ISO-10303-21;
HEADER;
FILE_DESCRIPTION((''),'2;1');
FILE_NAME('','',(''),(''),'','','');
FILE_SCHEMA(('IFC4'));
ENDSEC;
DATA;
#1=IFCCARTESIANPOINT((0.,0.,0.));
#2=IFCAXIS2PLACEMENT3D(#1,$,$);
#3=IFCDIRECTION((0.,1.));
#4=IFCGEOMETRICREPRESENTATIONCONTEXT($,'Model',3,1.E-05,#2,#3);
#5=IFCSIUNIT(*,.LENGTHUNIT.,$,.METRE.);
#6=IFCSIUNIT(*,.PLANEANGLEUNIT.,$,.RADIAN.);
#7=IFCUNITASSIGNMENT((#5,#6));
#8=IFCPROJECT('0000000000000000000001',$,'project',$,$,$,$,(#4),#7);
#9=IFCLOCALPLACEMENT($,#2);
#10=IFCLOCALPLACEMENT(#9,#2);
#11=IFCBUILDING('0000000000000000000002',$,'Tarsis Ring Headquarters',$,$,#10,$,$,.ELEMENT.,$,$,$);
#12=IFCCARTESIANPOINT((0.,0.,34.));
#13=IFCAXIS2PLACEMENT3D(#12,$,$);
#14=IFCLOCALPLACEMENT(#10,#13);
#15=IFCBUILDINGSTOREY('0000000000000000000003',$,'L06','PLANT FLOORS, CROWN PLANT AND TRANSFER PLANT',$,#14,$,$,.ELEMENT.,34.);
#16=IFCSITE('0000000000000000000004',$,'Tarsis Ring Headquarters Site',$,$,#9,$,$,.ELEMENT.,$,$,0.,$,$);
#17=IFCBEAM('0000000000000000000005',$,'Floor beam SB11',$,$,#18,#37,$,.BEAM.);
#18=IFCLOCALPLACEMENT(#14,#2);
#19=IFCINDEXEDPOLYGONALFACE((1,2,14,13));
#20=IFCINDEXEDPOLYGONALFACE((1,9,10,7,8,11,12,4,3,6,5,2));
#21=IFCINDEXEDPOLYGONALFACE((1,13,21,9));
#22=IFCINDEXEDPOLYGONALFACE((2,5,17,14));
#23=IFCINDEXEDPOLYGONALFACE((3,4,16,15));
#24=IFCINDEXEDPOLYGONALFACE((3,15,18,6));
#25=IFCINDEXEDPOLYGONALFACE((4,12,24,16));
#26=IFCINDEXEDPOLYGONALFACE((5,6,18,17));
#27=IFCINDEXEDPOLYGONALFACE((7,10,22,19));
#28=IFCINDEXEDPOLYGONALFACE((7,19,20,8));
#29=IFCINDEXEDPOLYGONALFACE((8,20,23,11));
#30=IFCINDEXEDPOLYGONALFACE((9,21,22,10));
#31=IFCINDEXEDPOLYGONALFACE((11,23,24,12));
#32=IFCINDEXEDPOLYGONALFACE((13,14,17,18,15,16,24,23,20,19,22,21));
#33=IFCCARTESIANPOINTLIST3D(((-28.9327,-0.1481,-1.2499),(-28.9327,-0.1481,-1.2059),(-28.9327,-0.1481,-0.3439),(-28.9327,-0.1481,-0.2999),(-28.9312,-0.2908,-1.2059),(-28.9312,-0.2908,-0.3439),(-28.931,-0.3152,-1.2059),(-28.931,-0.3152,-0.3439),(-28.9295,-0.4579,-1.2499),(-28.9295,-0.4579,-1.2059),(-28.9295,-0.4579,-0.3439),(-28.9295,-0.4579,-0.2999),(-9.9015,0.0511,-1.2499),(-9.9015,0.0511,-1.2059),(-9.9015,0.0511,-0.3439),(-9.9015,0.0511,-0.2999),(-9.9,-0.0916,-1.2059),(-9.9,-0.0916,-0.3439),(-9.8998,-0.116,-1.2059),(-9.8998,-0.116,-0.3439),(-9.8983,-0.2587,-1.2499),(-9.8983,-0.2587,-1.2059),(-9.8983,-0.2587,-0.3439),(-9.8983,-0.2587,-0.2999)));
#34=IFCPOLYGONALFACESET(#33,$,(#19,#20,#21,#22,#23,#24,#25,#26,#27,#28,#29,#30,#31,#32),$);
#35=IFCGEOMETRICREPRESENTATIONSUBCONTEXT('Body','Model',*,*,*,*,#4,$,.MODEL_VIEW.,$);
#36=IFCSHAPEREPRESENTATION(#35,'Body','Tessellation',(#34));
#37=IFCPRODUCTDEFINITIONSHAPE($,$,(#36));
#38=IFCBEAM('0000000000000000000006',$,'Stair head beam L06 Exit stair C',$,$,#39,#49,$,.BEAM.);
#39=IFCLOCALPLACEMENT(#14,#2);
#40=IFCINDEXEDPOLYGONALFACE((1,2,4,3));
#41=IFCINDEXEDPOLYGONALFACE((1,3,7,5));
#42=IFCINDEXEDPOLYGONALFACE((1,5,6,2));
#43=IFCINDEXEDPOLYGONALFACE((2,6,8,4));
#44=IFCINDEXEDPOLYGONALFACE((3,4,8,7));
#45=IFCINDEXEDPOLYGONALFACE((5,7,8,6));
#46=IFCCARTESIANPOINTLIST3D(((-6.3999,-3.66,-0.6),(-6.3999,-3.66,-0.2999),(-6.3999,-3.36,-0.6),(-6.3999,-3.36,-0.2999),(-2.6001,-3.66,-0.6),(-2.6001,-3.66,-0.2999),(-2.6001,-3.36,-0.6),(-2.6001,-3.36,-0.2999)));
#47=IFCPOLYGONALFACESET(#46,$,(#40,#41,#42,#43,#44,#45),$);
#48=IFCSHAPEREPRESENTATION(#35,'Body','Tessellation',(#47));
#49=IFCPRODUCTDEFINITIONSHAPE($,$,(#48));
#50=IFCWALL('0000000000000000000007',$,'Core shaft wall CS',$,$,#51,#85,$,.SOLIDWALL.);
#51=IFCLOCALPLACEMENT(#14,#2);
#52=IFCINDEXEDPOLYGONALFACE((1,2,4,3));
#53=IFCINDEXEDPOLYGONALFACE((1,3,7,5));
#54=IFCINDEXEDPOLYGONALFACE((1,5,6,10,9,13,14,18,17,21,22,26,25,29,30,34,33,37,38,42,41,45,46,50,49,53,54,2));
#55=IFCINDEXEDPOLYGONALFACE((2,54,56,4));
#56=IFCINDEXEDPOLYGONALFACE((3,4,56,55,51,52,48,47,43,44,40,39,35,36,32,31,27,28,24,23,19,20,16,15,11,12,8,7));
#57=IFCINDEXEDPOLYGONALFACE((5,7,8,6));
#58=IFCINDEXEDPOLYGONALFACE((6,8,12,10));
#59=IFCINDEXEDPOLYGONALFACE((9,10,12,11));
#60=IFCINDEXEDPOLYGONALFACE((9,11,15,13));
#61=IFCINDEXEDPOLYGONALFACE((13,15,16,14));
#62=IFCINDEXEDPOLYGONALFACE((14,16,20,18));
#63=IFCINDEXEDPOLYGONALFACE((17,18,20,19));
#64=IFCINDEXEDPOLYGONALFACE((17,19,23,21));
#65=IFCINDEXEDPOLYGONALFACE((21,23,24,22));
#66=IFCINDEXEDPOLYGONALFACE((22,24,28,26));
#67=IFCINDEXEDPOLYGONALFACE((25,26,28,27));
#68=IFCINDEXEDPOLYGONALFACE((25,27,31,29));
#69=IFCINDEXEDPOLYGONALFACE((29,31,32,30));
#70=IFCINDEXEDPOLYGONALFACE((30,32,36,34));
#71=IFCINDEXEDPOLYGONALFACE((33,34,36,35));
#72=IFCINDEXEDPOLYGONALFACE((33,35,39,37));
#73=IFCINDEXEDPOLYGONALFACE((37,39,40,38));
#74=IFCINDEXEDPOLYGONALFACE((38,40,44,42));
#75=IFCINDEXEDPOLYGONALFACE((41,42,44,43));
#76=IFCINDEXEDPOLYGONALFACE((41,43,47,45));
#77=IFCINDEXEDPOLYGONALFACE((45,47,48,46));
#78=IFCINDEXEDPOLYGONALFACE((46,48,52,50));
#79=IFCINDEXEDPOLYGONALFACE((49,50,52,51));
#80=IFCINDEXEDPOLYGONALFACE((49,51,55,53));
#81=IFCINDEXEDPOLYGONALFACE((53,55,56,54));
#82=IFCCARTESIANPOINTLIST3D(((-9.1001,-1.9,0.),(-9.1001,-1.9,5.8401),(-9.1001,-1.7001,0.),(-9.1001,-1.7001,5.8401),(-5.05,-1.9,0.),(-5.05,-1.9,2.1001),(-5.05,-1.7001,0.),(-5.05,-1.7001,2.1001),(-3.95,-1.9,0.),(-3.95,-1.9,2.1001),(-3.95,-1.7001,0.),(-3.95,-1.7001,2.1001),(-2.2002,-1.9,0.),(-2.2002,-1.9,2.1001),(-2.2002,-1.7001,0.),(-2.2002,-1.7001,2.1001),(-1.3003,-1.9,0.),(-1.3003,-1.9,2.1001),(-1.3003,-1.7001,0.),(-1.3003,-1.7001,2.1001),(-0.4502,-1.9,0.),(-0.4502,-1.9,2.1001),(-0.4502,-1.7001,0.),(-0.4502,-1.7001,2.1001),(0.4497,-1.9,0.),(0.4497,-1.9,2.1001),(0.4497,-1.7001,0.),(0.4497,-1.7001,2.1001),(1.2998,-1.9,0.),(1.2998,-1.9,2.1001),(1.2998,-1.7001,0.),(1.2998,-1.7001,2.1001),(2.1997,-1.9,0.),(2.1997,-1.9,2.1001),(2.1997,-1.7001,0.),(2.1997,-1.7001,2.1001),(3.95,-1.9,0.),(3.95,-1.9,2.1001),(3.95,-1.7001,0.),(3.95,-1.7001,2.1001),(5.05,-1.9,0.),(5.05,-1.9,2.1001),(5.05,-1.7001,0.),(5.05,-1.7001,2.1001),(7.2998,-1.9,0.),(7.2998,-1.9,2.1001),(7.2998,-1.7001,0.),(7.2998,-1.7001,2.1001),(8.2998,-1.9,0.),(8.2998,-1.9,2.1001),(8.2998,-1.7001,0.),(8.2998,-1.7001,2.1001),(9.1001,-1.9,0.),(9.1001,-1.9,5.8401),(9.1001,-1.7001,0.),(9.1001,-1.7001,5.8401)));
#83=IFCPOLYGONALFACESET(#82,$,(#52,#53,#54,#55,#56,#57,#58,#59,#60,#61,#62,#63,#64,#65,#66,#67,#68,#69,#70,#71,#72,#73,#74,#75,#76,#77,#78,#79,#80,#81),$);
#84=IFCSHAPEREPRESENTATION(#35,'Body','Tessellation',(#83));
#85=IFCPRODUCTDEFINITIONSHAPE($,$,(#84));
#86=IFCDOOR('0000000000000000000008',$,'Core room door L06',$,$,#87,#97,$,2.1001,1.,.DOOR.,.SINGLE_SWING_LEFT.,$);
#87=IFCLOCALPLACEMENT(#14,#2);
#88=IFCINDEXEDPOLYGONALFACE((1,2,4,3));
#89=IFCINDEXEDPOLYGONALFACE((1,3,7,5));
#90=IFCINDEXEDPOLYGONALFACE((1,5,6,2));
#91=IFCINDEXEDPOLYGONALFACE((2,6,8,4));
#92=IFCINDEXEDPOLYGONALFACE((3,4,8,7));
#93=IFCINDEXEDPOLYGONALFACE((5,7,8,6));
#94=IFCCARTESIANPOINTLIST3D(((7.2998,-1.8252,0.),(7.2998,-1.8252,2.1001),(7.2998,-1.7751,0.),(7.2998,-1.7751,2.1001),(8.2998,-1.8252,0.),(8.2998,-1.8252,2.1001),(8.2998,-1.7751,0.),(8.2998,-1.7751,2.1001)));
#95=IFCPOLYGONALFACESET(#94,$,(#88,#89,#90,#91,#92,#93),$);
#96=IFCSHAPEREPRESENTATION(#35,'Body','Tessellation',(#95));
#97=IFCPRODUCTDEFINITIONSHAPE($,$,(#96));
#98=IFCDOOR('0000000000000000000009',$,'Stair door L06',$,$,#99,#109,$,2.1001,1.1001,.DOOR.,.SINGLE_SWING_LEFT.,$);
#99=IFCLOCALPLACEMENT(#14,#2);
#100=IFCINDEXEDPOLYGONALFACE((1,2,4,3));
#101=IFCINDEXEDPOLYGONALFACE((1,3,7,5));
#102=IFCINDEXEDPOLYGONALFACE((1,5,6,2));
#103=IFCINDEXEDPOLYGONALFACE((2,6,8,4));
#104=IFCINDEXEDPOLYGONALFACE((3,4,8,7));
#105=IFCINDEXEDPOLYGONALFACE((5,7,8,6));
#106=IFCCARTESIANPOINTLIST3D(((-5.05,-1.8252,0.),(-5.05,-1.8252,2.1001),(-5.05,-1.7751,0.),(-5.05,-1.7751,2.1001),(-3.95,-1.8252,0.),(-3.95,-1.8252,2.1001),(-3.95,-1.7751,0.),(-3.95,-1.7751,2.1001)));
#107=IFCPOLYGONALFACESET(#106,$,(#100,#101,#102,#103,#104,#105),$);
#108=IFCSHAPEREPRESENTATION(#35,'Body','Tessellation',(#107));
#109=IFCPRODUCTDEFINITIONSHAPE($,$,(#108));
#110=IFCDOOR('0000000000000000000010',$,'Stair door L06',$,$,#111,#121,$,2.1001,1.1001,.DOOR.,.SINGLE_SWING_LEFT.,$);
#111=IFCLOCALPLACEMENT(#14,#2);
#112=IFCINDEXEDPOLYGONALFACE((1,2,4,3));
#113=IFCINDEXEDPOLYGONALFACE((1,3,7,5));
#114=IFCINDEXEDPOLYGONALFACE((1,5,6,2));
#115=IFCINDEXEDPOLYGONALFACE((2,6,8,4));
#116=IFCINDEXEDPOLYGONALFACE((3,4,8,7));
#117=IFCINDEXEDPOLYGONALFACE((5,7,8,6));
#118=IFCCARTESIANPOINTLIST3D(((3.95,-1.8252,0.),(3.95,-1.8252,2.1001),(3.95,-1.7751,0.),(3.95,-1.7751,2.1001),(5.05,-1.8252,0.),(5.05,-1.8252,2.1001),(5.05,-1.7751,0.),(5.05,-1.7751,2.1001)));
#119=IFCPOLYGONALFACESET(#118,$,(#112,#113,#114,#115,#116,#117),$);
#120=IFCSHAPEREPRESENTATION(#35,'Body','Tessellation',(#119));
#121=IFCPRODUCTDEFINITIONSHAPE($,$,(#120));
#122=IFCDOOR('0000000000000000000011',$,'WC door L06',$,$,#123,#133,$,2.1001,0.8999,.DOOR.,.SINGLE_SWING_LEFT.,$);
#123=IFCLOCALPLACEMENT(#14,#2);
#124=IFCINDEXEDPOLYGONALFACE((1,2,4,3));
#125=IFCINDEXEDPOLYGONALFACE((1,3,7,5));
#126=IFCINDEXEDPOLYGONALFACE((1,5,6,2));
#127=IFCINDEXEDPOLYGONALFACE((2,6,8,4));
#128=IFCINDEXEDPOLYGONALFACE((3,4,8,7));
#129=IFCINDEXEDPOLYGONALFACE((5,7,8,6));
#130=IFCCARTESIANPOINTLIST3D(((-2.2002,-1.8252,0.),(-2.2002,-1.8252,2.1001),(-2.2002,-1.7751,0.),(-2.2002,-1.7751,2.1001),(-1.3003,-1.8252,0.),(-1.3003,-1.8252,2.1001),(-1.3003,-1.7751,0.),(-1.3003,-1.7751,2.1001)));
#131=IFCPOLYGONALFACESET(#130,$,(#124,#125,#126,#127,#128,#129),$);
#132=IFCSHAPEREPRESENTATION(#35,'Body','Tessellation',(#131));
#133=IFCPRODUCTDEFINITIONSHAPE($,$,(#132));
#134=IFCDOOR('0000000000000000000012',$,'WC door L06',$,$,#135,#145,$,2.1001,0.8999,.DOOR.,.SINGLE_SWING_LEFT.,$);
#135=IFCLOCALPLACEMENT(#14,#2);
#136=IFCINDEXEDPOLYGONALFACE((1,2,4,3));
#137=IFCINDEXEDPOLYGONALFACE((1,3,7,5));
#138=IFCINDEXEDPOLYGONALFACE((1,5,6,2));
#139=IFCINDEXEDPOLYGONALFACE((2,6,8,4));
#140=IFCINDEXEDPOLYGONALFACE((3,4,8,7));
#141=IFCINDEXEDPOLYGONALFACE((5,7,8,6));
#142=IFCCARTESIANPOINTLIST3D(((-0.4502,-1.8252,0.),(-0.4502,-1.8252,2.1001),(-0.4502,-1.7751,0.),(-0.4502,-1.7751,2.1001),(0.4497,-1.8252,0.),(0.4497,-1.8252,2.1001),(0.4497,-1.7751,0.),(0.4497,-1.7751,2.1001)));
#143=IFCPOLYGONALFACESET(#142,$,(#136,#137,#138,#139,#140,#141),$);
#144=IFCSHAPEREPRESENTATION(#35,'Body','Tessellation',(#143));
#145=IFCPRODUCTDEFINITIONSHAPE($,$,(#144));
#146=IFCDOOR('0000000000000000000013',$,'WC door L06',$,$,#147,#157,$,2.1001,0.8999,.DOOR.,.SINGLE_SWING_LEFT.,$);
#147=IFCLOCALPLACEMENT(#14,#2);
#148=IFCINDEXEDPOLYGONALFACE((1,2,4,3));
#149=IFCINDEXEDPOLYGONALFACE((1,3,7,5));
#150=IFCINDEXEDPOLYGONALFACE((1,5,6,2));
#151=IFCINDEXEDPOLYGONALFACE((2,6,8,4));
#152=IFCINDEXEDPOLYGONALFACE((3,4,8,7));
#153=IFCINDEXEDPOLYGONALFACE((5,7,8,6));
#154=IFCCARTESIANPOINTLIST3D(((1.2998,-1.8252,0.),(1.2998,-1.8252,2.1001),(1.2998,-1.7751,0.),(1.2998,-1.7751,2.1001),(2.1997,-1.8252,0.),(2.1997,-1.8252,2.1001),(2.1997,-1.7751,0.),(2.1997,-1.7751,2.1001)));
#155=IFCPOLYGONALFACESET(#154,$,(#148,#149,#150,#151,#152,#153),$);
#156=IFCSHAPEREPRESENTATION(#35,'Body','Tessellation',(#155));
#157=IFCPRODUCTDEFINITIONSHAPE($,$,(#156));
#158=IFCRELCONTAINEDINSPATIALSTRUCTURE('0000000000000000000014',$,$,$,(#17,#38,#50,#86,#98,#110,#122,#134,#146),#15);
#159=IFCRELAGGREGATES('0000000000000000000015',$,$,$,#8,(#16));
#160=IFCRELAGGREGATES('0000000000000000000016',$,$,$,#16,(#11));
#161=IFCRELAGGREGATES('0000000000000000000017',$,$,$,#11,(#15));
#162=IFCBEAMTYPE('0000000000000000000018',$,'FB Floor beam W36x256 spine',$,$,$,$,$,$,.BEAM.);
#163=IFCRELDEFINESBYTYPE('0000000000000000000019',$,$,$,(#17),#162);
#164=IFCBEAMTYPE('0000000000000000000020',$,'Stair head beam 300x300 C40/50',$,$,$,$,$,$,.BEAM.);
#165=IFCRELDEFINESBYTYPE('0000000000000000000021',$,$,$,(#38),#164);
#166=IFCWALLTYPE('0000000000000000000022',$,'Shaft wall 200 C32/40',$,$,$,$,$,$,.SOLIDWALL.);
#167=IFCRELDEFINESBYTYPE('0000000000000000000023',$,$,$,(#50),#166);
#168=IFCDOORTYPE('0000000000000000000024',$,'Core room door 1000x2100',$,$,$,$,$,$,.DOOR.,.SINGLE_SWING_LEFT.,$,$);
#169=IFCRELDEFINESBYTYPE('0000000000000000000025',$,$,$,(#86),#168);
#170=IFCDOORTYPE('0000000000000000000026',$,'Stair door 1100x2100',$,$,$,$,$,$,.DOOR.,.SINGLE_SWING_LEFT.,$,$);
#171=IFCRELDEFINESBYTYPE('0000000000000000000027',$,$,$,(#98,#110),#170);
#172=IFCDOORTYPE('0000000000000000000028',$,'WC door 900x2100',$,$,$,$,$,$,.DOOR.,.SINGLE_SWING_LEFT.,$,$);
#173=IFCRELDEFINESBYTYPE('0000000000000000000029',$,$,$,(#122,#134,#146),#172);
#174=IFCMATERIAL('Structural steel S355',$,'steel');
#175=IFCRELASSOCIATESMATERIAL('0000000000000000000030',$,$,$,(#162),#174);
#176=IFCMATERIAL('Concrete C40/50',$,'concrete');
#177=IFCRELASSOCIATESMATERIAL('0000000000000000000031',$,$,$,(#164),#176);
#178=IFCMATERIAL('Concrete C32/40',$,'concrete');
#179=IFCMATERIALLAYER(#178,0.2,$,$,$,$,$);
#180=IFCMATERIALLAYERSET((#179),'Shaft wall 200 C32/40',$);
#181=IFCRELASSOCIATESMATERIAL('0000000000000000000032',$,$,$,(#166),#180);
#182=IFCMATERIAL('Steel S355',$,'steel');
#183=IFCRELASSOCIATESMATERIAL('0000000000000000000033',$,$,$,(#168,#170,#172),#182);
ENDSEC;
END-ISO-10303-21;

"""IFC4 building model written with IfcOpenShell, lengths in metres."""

from ifc_helpers import new_model, si_unit, direction, frame, frame_2d, origin, origin_2d, place, context, subcontext, project, spatial, rectangle, i_section, extrude, material, layer, layer_set, material_profile, profile_set, type_object, element, fill, save


model = new_model("IFC4")

# Units and contexts
model_context = context("Model", 3, precision=1e-05, world=origin(), true_north=direction((0.0, 1.0)))
body_context = subcontext(model_context, "Body", "Model", "MODEL_VIEW")
ifc_project = project(units=[si_unit("LENGTHUNIT", "METRE"), si_unit("PLANEANGLEUNIT", "RADIAN")], contexts=[model_context])

# Site, building, storey
site_placement = place(None, origin())
site = spatial("IfcSite", under=ifc_project, at=site_placement, Name="Tarsis Ring Headquarters Site", CompositionType="ELEMENT", RefElevation=0.0)
building_placement = place(site_placement, origin())
building = spatial("IfcBuilding", under=site, at=building_placement, Name="Tarsis Ring Headquarters", CompositionType="ELEMENT")
storey_placement = place(building_placement, frame((0.0, 0.0, 34.0)))
storey = spatial("IfcBuildingStorey", under=building, at=storey_placement, Name="L06", Description="PLANT FLOORS, CROWN PLANT AND TRANSFER PLANT", CompositionType="ELEMENT", Elevation=34.0)

# Beams
ifc_material_1 = material(Name="Structural steel S355", Category="steel")
ifc_material_profile_1 = material_profile(ifc_material_1, i_section(OverallWidth=0.3098, OverallDepth=0.95, WebThickness=0.0244, FlangeThickness=0.0439, at=origin_2d()), Name="W36x256")
ifc_profile_set_1 = profile_set([ifc_material_profile_1], Name="Structural steel S355")
beam_type_1 = type_object("IfcBeamType", Name="FB Floor beam W36x256 spine", PredefinedType="BEAM", material=ifc_profile_set_1)
beam_1_placement = place(storey_placement, frame((-9.8999, -0.1038, -0.7749), z_axis=(-0.999945, -0.010467, 0.0), x_axis=(0.010467, -0.999945, 0.0)))
element("IfcBeam", 1, at=beam_1_placement, inside=storey, type_object=beam_type_1, Name="Floor beam SB11", PredefinedType="BEAM", context=body_context, shape_type="SweptSolid", body=[
    extrude(i_section(OverallWidth=0.3098, OverallDepth=0.95, WebThickness=0.0244, FlangeThickness=0.0439, at=origin_2d()), origin(), (0.0, 0.0, 1.0), 19.0322),
])
ifc_material_2 = material(Name="Concrete C40/50", Category="concrete")
ifc_material_profile_2 = material_profile(ifc_material_2, rectangle(XDim=0.3, YDim=0.3, at=origin_2d()), Name="Stair head beam 300x300 C40/50")
ifc_profile_set_2 = profile_set([ifc_material_profile_2], Name="Concrete C40/50")
beam_type_2 = type_object("IfcBeamType", Name="Stair head beam 300x300 C40/50", PredefinedType="BEAM", material=ifc_profile_set_2)
beam_2_placement = place(storey_placement, frame((-6.3999, -3.51, -0.45), z_axis=(1.0, 0.0, 0.0), x_axis=(0.0, 1.0, 0.0)))
element("IfcBeam", 2, at=beam_2_placement, inside=storey, type_object=beam_type_2, Name="Stair head beam L06 Exit stair C", PredefinedType="BEAM", context=body_context, shape_type="SweptSolid", body=[
    extrude(rectangle(XDim=0.3, YDim=0.3, at=origin_2d()), origin(), (0.0, 0.0, 1.0), 3.7998),
])

# Wall, openings, doors
ifc_material_3 = material(Name="Concrete C32/40", Category="concrete")
ifc_layer = layer(ifc_material_3, 0.2)
ifc_layer_set = layer_set([ifc_layer], Name="Shaft wall 200 C32/40")
wall_type = type_object("IfcWallType", Name="Shaft wall 200 C32/40", PredefinedType="SOLIDWALL", material=ifc_layer_set)
wall_1_placement = place(storey_placement, frame((-9.1001, -1.8, 0.0), z_axis=(0.0, 0.0, 1.0), x_axis=(1.0, 0.0, 0.0)))
wall_1 = element("IfcWall", 3, at=wall_1_placement, inside=storey, type_object=wall_type, Name="Core shaft wall CS", PredefinedType="SOLIDWALL", context=body_context, shape_type="SweptSolid", body=[
    extrude(rectangle(XDim=18.2002, YDim=0.2, at=frame_2d((9.1001, 0.0))), origin(), (0.0, 0.0, 1.0), 5.8401),
])
opening_1_placement = place(wall_1_placement, frame((4.05, 0.0, 0.0)))
opening_1 = element("IfcOpeningElement", 4, at=opening_1_placement, cuts=wall_1, PredefinedType="OPENING", context=body_context, shape_type="SweptSolid", body=[
    extrude(rectangle(XDim=1.1001, YDim=2.1001, at=frame_2d((0.55, 1.05))), frame((0.0, 0.1099, 0.0), z_axis=(0.0, -1.0, 0.0), x_axis=(1.0, 0.0, 0.0)), (0.0, 0.0, 1.0), 0.22),
])
opening_2_placement = place(wall_1_placement, frame((6.8999, 0.0, 0.0)))
opening_2 = element("IfcOpeningElement", 5, at=opening_2_placement, cuts=wall_1, PredefinedType="OPENING", context=body_context, shape_type="SweptSolid", body=[
    extrude(rectangle(XDim=0.8999, YDim=2.1001, at=frame_2d((0.45, 1.05))), frame((0.0, 0.1099, 0.0), z_axis=(0.0, -1.0, 0.0), x_axis=(1.0, 0.0, 0.0)), (0.0, 0.0, 1.0), 0.22),
])
opening_3_placement = place(wall_1_placement, frame((8.6499, 0.0, 0.0)))
opening_3 = element("IfcOpeningElement", 6, at=opening_3_placement, cuts=wall_1, PredefinedType="OPENING", context=body_context, shape_type="SweptSolid", body=[
    extrude(rectangle(XDim=0.8999, YDim=2.1001, at=frame_2d((0.45, 1.05))), frame((0.0, 0.1099, 0.0), z_axis=(0.0, -1.0, 0.0), x_axis=(1.0, 0.0, 0.0)), (0.0, 0.0, 1.0), 0.22),
])
opening_4_placement = place(wall_1_placement, frame((10.3999, 0.0, 0.0)))
opening_4 = element("IfcOpeningElement", 7, at=opening_4_placement, cuts=wall_1, PredefinedType="OPENING", context=body_context, shape_type="SweptSolid", body=[
    extrude(rectangle(XDim=0.8999, YDim=2.1001, at=frame_2d((0.45, 1.05))), frame((0.0, 0.1099, 0.0), z_axis=(0.0, -1.0, 0.0), x_axis=(1.0, 0.0, 0.0)), (0.0, 0.0, 1.0), 0.22),
])
opening_5_placement = place(wall_1_placement, frame((13.05, 0.0, 0.0)))
opening_5 = element("IfcOpeningElement", 8, at=opening_5_placement, cuts=wall_1, PredefinedType="OPENING", context=body_context, shape_type="SweptSolid", body=[
    extrude(rectangle(XDim=1.1001, YDim=2.1001, at=frame_2d((0.55, 1.05))), frame((0.0, 0.1099, 0.0), z_axis=(0.0, -1.0, 0.0), x_axis=(1.0, 0.0, 0.0)), (0.0, 0.0, 1.0), 0.22),
])
opening_6_placement = place(wall_1_placement, frame((16.3999, 0.0, 0.0)))
opening_6 = element("IfcOpeningElement", 9, at=opening_6_placement, cuts=wall_1, PredefinedType="OPENING", context=body_context, shape_type="SweptSolid", body=[
    extrude(rectangle(XDim=1.0, YDim=2.1001, at=frame_2d((0.5, 1.05))), frame((0.0, 0.1099, 0.0), z_axis=(0.0, -1.0, 0.0), x_axis=(1.0, 0.0, 0.0)), (0.0, 0.0, 1.0), 0.22),
])
ifc_material_4 = material(Name="Steel S355", Category="steel")
door_type_1 = type_object("IfcDoorType", Name="Core room door 1000x2100", OperationType="SINGLE_SWING_LEFT", PredefinedType="DOOR", material=ifc_material_4)
door_1_placement = place(opening_6_placement, origin())
door_1 = element("IfcDoor", 10, at=door_1_placement, inside=storey, type_object=door_type_1, Name="Core room door L06", OperationType="SINGLE_SWING_LEFT", OverallHeight=2.1001, OverallWidth=1.0, PredefinedType="DOOR", context=body_context, shape_type="SweptSolid", body=[
    extrude(rectangle(XDim=1.0, YDim=2.1001, at=frame_2d((0.5, 1.05))), frame((0.0, 0.0249, 0.0), z_axis=(0.0, -1.0, 0.0), x_axis=(1.0, 0.0, 0.0)), (0.0, 0.0, 1.0), 0.05),
])
fill(opening_6, door_1)
door_type_2 = type_object("IfcDoorType", Name="Stair door 1100x2100", OperationType="SINGLE_SWING_LEFT", PredefinedType="DOOR", material=ifc_material_4)
door_2_placement = place(opening_1_placement, origin())
door_2 = element("IfcDoor", 11, at=door_2_placement, inside=storey, type_object=door_type_2, Name="Stair door L06", OperationType="SINGLE_SWING_LEFT", OverallHeight=2.1001, OverallWidth=1.1001, PredefinedType="DOOR", context=body_context, shape_type="SweptSolid", body=[
    extrude(rectangle(XDim=1.1001, YDim=2.1001, at=frame_2d((0.55, 1.05))), frame((0.0, 0.0249, 0.0), z_axis=(0.0, -1.0, 0.0), x_axis=(1.0, 0.0, 0.0)), (0.0, 0.0, 1.0), 0.05),
])
fill(opening_1, door_2)
door_3_placement = place(opening_5_placement, origin())
door_3 = element("IfcDoor", 12, at=door_3_placement, inside=storey, type_object=door_type_2, Name="Stair door L06", OperationType="SINGLE_SWING_LEFT", OverallHeight=2.1001, OverallWidth=1.1001, PredefinedType="DOOR", context=body_context, shape_type="SweptSolid", body=[
    extrude(rectangle(XDim=1.1001, YDim=2.1001, at=frame_2d((0.55, 1.05))), frame((0.0, 0.0249, 0.0), z_axis=(0.0, -1.0, 0.0), x_axis=(1.0, 0.0, 0.0)), (0.0, 0.0, 1.0), 0.05),
])
fill(opening_5, door_3)
door_type_3 = type_object("IfcDoorType", Name="WC door 900x2100", OperationType="SINGLE_SWING_LEFT", PredefinedType="DOOR", material=ifc_material_4)
door_4_placement = place(opening_2_placement, origin())
door_4 = element("IfcDoor", 13, at=door_4_placement, inside=storey, type_object=door_type_3, Name="WC door L06", OperationType="SINGLE_SWING_LEFT", OverallHeight=2.1001, OverallWidth=0.8999, PredefinedType="DOOR", context=body_context, shape_type="SweptSolid", body=[
    extrude(rectangle(XDim=0.8999, YDim=2.1001, at=frame_2d((0.45, 1.05))), frame((0.0, 0.0249, 0.0), z_axis=(0.0, -1.0, 0.0), x_axis=(1.0, 0.0, 0.0)), (0.0, 0.0, 1.0), 0.05),
])
fill(opening_2, door_4)
door_5_placement = place(opening_3_placement, origin())
door_5 = element("IfcDoor", 14, at=door_5_placement, inside=storey, type_object=door_type_3, Name="WC door L06", OperationType="SINGLE_SWING_LEFT", OverallHeight=2.1001, OverallWidth=0.8999, PredefinedType="DOOR", context=body_context, shape_type="SweptSolid", body=[
    extrude(rectangle(XDim=0.8999, YDim=2.1001, at=frame_2d((0.45, 1.05))), frame((0.0, 0.0249, 0.0), z_axis=(0.0, -1.0, 0.0), x_axis=(1.0, 0.0, 0.0)), (0.0, 0.0, 1.0), 0.05),
])
fill(opening_3, door_5)
door_6_placement = place(opening_4_placement, origin())
door_6 = element("IfcDoor", 15, at=door_6_placement, inside=storey, type_object=door_type_3, Name="WC door L06", OperationType="SINGLE_SWING_LEFT", OverallHeight=2.1001, OverallWidth=0.8999, PredefinedType="DOOR", context=body_context, shape_type="SweptSolid", body=[
    extrude(rectangle(XDim=0.8999, YDim=2.1001, at=frame_2d((0.45, 1.05))), frame((0.0, 0.0249, 0.0), z_axis=(0.0, -1.0, 0.0), x_axis=(1.0, 0.0, 0.0)), (0.0, 0.0, 1.0), 0.05),
])
fill(opening_4, door_6)

save(model, "model.ifc")
